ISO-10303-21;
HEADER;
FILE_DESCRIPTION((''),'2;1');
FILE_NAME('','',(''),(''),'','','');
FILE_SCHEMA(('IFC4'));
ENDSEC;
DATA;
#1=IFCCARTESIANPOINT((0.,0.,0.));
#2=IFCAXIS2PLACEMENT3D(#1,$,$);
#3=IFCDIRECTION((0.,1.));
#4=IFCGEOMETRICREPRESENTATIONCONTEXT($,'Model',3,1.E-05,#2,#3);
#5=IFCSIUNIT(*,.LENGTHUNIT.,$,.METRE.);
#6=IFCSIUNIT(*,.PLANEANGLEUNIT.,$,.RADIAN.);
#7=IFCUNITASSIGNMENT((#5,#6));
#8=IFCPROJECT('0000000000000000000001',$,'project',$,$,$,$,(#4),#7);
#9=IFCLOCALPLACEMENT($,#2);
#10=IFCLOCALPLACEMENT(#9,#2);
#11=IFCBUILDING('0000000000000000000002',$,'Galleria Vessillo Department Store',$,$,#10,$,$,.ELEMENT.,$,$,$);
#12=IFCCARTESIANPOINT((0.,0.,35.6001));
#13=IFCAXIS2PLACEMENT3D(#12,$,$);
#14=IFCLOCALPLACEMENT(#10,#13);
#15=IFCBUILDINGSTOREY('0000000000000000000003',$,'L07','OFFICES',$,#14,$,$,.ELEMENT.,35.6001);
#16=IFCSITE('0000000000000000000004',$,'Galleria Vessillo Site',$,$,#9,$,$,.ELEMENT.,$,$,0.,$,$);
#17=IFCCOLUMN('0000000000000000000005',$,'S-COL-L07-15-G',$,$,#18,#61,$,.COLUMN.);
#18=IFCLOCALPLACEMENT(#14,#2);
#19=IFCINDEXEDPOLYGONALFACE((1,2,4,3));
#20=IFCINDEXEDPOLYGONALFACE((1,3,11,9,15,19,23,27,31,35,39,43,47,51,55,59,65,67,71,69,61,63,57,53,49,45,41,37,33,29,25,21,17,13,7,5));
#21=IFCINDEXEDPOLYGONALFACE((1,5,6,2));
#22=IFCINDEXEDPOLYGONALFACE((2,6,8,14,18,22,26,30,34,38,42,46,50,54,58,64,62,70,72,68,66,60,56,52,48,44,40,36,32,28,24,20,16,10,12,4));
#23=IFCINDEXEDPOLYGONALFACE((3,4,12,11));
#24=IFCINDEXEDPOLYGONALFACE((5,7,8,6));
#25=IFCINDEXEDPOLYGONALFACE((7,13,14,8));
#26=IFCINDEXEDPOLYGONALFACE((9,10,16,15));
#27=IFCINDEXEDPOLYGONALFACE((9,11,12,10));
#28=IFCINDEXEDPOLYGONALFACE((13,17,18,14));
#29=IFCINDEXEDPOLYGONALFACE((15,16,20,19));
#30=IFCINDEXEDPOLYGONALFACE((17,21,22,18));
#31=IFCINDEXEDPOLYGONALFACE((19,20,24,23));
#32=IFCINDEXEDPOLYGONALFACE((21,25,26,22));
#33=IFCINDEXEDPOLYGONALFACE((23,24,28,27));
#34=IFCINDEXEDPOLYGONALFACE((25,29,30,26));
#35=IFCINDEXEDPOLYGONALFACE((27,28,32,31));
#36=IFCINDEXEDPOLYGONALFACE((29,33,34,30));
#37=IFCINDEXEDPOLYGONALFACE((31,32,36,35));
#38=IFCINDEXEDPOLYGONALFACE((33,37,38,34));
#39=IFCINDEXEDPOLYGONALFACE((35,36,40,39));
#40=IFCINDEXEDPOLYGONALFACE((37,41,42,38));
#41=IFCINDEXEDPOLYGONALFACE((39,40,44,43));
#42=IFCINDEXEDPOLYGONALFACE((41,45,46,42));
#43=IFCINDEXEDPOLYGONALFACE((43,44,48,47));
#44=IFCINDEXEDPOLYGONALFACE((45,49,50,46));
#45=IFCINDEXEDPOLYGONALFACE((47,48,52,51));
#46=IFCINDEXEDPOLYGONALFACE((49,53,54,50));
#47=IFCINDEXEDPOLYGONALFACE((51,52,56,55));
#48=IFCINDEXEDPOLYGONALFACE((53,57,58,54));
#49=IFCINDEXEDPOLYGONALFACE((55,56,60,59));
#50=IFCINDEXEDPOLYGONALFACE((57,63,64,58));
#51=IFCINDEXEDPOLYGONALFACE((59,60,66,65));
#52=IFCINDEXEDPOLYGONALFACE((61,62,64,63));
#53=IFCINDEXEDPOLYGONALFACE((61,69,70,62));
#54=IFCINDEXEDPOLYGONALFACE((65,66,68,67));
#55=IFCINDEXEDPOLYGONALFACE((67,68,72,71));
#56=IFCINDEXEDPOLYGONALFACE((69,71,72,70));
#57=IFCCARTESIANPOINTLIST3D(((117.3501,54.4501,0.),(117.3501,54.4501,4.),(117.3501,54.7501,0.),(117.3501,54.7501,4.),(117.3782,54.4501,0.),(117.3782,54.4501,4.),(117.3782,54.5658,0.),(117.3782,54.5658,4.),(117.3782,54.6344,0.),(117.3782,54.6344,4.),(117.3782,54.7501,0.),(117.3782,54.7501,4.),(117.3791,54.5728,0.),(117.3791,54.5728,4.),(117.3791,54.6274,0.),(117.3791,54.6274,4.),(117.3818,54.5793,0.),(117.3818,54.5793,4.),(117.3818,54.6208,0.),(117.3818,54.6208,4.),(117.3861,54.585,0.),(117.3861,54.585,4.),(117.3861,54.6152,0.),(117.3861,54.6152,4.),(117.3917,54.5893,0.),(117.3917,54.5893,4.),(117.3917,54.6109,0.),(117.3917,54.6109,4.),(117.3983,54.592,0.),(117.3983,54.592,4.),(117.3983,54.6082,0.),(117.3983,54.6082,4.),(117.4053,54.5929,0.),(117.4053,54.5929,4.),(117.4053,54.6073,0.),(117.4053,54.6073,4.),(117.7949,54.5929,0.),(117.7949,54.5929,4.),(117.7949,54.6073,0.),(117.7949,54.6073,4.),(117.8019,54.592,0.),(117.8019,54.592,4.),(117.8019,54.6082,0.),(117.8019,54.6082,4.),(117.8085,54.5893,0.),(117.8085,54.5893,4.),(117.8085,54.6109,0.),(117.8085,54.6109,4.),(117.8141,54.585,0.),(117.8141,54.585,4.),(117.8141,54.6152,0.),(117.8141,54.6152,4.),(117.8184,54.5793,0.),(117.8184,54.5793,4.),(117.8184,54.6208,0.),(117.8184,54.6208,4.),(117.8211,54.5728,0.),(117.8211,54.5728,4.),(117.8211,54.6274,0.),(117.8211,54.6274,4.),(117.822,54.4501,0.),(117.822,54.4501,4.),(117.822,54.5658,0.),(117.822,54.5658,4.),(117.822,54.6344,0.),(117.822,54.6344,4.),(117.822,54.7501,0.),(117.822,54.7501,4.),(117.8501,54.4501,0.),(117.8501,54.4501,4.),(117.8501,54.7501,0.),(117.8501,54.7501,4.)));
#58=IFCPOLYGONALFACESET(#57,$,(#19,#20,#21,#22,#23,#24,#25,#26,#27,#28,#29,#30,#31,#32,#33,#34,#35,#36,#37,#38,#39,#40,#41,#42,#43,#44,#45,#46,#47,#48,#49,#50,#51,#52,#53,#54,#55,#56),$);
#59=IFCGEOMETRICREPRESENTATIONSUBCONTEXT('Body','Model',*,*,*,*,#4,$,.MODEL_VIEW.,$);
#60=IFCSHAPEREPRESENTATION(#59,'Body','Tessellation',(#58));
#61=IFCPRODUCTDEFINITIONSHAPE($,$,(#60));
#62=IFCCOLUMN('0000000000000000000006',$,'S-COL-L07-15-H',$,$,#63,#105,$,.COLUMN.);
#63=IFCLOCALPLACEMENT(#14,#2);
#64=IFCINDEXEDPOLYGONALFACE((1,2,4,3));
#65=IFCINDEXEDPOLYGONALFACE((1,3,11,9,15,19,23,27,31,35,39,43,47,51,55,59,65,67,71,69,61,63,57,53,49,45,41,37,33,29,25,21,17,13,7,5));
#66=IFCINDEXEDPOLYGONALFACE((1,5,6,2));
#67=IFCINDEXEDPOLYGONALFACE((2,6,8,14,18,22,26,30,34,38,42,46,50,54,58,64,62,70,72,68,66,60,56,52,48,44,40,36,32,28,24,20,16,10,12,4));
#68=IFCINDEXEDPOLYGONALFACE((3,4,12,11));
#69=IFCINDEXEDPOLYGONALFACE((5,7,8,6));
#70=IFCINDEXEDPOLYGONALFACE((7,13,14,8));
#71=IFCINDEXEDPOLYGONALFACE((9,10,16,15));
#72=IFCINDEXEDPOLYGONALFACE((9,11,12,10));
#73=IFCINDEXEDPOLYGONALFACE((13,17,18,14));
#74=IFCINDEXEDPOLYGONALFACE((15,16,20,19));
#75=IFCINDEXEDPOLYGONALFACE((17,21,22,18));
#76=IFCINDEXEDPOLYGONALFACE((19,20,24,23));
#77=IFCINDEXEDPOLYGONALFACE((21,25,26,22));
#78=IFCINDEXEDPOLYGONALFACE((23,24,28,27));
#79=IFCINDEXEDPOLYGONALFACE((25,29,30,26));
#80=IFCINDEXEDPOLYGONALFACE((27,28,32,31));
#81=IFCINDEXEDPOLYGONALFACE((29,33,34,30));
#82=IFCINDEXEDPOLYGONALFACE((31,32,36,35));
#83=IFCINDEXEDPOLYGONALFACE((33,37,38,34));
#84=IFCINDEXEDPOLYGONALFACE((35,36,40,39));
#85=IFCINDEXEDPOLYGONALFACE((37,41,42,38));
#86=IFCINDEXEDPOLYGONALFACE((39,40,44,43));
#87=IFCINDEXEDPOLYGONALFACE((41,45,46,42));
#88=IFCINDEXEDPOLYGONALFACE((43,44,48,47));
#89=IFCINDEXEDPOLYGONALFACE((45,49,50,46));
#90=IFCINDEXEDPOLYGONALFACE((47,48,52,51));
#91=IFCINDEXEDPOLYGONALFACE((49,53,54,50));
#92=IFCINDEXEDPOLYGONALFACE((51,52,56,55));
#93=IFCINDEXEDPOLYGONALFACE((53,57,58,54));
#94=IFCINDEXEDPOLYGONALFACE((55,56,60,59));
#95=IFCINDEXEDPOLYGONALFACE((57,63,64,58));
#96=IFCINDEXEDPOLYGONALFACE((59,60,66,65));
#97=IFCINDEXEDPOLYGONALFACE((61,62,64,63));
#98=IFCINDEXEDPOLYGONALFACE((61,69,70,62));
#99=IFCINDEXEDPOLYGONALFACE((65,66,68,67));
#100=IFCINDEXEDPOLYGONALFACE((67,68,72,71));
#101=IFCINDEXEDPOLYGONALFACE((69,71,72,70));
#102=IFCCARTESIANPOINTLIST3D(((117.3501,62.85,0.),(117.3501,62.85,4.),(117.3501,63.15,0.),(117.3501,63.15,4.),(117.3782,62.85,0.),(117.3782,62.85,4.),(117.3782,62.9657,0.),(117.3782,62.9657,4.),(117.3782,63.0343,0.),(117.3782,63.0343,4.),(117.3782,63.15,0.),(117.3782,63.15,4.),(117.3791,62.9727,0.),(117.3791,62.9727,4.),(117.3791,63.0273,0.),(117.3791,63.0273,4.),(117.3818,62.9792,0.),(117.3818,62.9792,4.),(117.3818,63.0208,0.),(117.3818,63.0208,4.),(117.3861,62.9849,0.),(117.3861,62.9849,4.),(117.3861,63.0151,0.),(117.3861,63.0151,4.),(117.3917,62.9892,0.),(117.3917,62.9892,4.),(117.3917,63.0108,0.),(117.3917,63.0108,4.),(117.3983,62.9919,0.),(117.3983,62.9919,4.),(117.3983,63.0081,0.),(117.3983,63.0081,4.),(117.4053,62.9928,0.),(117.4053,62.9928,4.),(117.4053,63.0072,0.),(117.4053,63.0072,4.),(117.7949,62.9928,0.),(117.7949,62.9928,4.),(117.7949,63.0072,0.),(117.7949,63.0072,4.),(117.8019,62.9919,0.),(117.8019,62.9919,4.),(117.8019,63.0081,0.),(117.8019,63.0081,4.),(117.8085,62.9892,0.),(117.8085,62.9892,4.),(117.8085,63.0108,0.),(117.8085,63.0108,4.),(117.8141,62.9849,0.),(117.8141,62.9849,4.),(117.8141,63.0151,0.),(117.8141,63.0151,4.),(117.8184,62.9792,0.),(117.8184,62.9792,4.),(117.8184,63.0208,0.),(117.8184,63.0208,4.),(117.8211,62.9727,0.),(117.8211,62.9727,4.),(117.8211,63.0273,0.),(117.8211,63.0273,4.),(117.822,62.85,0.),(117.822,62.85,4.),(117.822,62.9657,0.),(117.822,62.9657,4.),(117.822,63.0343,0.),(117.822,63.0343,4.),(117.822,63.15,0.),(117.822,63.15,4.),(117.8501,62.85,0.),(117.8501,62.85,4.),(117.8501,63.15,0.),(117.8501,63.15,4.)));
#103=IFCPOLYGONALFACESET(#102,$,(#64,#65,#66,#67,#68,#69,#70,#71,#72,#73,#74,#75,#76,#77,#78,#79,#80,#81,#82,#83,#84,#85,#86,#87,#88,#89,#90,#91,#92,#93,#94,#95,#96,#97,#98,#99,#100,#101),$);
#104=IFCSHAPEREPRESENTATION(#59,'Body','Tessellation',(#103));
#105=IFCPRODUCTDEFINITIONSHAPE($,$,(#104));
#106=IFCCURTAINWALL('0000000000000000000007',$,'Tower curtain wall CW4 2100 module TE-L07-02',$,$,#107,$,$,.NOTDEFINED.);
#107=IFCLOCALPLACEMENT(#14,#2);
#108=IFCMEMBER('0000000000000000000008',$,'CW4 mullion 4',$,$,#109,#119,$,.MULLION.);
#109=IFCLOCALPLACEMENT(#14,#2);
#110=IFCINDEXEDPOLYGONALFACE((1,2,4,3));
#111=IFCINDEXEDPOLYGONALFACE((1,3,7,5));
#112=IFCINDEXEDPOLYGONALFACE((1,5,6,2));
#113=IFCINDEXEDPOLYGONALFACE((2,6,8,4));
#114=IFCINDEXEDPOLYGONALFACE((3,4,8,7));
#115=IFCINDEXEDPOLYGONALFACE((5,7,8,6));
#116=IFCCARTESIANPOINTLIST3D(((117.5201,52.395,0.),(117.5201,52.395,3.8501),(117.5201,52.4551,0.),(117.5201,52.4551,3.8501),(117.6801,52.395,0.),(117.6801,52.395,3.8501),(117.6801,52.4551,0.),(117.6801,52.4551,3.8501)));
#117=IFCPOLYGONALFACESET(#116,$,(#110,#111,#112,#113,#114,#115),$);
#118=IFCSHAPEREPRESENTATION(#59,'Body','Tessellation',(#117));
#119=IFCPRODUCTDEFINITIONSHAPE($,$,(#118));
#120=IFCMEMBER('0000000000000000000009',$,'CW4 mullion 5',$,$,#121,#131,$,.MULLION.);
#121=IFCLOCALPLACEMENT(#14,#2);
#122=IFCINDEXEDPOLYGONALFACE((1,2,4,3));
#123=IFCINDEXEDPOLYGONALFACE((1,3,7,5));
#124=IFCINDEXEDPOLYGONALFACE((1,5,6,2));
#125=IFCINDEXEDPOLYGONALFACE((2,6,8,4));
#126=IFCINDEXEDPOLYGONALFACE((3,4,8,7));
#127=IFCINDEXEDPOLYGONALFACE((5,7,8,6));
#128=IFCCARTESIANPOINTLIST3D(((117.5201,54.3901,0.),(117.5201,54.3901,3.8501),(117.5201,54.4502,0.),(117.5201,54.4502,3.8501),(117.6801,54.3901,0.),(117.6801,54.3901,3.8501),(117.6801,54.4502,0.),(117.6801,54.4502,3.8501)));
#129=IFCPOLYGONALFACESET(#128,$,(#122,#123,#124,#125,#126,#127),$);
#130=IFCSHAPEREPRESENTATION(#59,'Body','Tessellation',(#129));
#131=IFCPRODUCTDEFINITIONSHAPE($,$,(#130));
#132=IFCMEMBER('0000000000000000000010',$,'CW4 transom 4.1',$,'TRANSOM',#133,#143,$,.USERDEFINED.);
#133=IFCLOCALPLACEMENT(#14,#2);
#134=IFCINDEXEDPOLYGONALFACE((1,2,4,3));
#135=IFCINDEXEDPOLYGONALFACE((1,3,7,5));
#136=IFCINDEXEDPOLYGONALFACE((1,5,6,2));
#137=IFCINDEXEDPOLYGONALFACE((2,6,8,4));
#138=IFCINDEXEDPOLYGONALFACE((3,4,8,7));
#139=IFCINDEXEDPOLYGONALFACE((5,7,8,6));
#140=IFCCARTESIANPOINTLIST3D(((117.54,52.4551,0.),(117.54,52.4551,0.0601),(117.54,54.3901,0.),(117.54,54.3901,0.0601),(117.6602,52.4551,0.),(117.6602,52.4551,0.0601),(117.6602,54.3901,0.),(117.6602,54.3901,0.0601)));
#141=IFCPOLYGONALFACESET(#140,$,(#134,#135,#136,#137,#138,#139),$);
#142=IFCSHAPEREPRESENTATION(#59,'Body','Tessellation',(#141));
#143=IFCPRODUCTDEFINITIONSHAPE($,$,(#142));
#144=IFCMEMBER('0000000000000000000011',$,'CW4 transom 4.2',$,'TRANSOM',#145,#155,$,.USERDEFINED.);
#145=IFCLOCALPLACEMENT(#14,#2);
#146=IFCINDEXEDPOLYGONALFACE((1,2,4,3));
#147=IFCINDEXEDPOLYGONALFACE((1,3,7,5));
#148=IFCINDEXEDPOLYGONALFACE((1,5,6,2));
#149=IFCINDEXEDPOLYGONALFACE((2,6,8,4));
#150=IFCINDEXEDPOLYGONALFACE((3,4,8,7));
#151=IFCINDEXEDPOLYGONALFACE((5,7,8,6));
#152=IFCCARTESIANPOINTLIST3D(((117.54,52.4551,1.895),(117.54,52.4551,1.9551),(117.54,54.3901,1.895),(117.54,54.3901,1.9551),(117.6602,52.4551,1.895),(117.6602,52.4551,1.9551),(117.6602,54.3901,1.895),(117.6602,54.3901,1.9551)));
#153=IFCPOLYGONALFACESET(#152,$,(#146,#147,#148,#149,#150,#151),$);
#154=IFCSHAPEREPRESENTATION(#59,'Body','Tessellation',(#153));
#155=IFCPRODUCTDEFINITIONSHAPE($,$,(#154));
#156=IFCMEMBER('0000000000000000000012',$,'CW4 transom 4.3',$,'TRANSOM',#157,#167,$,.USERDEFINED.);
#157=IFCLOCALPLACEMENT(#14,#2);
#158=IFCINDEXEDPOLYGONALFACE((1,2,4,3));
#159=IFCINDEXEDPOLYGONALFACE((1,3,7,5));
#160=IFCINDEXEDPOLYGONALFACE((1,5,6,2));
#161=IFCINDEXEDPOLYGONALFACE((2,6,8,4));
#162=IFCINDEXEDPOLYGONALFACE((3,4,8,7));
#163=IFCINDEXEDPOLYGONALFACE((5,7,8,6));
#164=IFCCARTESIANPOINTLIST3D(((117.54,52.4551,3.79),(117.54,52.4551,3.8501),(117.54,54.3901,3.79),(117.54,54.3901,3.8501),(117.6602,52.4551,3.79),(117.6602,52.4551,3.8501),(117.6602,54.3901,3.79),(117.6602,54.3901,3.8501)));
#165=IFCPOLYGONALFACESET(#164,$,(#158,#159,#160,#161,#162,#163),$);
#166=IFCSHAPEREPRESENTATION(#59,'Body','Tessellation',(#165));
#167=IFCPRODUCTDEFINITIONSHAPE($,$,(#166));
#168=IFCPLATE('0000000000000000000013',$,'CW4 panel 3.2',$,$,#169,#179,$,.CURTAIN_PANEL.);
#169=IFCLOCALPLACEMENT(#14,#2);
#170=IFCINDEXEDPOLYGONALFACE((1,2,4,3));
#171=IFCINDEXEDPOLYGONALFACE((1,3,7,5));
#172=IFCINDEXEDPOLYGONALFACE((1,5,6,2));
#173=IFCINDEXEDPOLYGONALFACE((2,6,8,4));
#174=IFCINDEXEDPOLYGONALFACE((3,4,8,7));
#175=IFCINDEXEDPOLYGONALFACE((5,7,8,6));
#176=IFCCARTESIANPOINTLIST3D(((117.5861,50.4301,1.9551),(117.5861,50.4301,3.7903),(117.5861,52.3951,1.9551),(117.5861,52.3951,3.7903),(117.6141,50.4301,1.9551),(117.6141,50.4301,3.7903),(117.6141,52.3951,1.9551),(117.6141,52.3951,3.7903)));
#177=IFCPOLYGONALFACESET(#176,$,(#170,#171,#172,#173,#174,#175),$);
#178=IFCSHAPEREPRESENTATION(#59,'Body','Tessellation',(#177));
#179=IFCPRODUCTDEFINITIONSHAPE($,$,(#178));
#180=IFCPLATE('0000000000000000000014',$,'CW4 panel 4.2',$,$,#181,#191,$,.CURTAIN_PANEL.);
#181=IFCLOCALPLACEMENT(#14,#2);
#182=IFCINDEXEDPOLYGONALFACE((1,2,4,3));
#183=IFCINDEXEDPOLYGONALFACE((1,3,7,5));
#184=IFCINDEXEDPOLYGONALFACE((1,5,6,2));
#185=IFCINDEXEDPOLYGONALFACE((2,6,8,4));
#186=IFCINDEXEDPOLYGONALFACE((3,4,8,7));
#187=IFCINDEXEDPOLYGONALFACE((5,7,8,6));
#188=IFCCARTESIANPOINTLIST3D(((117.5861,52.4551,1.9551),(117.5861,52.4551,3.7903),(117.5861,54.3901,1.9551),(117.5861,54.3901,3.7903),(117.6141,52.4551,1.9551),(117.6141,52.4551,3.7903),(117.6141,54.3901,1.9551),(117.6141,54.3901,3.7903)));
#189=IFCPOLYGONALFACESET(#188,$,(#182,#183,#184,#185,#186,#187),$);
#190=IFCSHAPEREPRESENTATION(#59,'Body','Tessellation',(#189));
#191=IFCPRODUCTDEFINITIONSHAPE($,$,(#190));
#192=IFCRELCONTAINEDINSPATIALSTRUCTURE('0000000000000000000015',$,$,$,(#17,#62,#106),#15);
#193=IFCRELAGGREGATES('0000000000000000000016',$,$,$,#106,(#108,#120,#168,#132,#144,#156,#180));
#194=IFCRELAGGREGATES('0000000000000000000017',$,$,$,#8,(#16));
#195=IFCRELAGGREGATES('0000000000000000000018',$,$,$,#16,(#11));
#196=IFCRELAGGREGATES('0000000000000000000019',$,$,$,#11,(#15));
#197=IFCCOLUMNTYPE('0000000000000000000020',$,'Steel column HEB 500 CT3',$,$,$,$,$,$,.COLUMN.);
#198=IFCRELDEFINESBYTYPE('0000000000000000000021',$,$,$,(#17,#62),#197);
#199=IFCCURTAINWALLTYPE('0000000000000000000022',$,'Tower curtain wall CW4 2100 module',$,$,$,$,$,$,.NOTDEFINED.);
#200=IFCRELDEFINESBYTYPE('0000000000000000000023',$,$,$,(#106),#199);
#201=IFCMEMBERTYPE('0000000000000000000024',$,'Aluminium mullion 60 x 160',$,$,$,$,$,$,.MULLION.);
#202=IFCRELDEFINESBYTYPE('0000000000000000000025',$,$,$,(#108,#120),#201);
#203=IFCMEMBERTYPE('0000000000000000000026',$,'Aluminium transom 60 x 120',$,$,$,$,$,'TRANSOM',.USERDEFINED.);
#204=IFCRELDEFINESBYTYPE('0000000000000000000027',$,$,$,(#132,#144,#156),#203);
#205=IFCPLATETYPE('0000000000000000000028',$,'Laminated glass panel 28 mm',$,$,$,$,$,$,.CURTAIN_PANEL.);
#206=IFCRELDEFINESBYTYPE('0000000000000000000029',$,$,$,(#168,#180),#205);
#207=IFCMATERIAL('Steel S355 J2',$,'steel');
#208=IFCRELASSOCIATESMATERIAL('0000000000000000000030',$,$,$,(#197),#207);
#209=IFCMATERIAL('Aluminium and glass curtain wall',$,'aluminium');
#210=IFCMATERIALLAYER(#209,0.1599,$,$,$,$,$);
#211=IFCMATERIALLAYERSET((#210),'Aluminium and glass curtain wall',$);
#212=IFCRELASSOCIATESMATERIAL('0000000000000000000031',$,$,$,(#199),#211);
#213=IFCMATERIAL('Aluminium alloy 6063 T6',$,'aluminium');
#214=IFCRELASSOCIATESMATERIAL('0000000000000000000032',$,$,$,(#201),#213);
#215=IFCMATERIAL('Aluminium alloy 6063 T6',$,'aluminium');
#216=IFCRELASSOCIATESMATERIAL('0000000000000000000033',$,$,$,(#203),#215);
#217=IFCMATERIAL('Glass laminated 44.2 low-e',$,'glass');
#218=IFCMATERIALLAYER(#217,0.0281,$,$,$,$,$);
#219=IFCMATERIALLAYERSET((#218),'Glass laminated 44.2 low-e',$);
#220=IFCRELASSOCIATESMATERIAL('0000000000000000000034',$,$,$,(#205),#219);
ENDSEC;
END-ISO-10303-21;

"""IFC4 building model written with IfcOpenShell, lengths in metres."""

from ifc_helpers import new_model, si_unit, direction, frame, origin, origin_2d, place, context, subcontext, project, spatial, rectangle, i_section, extrude, material, layer, layer_set, material_profile, profile_set, type_object, element, aggregate, save


model = new_model("IFC4")

# Units and contexts
model_context = context("Model", 3, precision=1e-05, world=origin(), true_north=direction((0.0, 1.0)))
body_context = subcontext(model_context, "Body", "Model", "MODEL_VIEW")
ifc_project = project(units=[si_unit("LENGTHUNIT", "METRE"), si_unit("PLANEANGLEUNIT", "RADIAN")], contexts=[model_context])

# Site, building, storey
site_placement = place(None, origin())
site = spatial("IfcSite", under=ifc_project, at=site_placement, Name="Galleria Vessillo Site", CompositionType="ELEMENT", RefElevation=0.0)
building_placement = place(site_placement, origin())
building = spatial("IfcBuilding", under=site, at=building_placement, Name="Galleria Vessillo Department Store", CompositionType="ELEMENT")
storey_placement = place(building_placement, frame((0.0, 0.0, 35.6001)))
storey = spatial("IfcBuildingStorey", under=building, at=storey_placement, Name="L07", Description="OFFICES", CompositionType="ELEMENT", Elevation=35.6001)

# Columns
ifc_material_1 = material(Name="Steel S355 J2", Category="steel")
ifc_material_profile_1 = material_profile(ifc_material_1, i_section(OverallWidth=0.3, OverallDepth=0.5, WebThickness=0.0144, FlangeThickness=0.0281, FilletRadius=0.0271, at=origin_2d()), Name="HEB 500")
ifc_profile_set_1 = profile_set([ifc_material_profile_1], Name="Steel S355 J2")
column_type = type_object("IfcColumnType", Name="Steel column HEB 500 CT3", PredefinedType="COLUMN", material=ifc_profile_set_1)
for number, where, z_axis, x_axis, name in (
    (1, (117.6001, 54.6001, 0.0), (0.0, 0.0, 1.0), (0.0, 1.0, 0.0), "S-COL-L07-15-G"),
    (2, (117.6001, 63.0, 0.0), (0.0, 0.0, 1.0), (0.0, 1.0, 0.0), "S-COL-L07-15-H"),
):
    element("IfcColumn", number, at=place(storey_placement, frame(where, z_axis=z_axis, x_axis=x_axis)), inside=storey, type_object=column_type, Name=name, PredefinedType="COLUMN", context=body_context, shape_type="SweptSolid", body=[
        extrude(i_section(OverallWidth=0.3, OverallDepth=0.5, WebThickness=0.0144, FlangeThickness=0.0281, FilletRadius=0.0271, at=origin_2d()), origin(), (0.0, 0.0, 1.0), 4.0),
    ])

# Curtain wall, members, plates
ifc_material_2 = material(Name="Aluminium and glass curtain wall", Category="aluminium")
ifc_layer_1 = layer(ifc_material_2, 0.1599)
ifc_layer_set_1 = layer_set([ifc_layer_1], Name="Aluminium and glass curtain wall")
curtain_wall_type = type_object("IfcCurtainWallType", Name="Tower curtain wall CW4 2100 module", PredefinedType="NOTDEFINED", material=ifc_layer_set_1)
curtain_wall_placement = place(storey_placement, origin())
curtain_wall = element("IfcCurtainWall", 3, at=curtain_wall_placement, inside=storey, type_object=curtain_wall_type, Name="Tower curtain wall CW4 2100 module TE-L07-02", PredefinedType="NOTDEFINED")
ifc_material_3 = material(Name="Aluminium alloy 6063 T6", Category="aluminium")
ifc_material_profile_2 = material_profile(ifc_material_3, rectangle(XDim=0.1599, YDim=0.0601, at=origin_2d()), Name="AL 60x160")
ifc_profile_set_2 = profile_set([ifc_material_profile_2], Name="Aluminium alloy 6063 T6")
member_type_1 = type_object("IfcMemberType", Name="Aluminium mullion 60 x 160", PredefinedType="MULLION", material=ifc_profile_set_2)
member_1_placement = place(storey_placement, frame((117.6001, 52.425, 0.0), z_axis=(0.0, 0.0, 1.0), x_axis=(-1.0, 0.0, 0.0)))
member_1 = element("IfcMember", 4, at=member_1_placement, type_object=member_type_1, Name="CW4 mullion 4", PredefinedType="MULLION", context=body_context, shape_type="SweptSolid", body=[
    extrude(rectangle(XDim=0.1599, YDim=0.0601, at=origin_2d()), origin(), (0.0, 0.0, 1.0), 3.8501),
])
member_2_placement = place(storey_placement, frame((117.6001, 54.4202, 0.0), z_axis=(0.0, 0.0, 1.0), x_axis=(-1.0, 0.0, 0.0)))
member_2 = element("IfcMember", 5, at=member_2_placement, type_object=member_type_1, Name="CW4 mullion 5", PredefinedType="MULLION", context=body_context, shape_type="SweptSolid", body=[
    extrude(rectangle(XDim=0.1599, YDim=0.0601, at=origin_2d()), origin(), (0.0, 0.0, 1.0), 3.8501),
])
ifc_material_4 = material(Name="Aluminium alloy 6063 T6", Category="aluminium")
ifc_material_profile_3 = material_profile(ifc_material_4, rectangle(XDim=0.1201, YDim=0.0601, at=origin_2d()), Name="AL 60x120")
ifc_profile_set_3 = profile_set([ifc_material_profile_3], Name="Aluminium alloy 6063 T6")
member_type_2 = type_object("IfcMemberType", Name="Aluminium transom 60 x 120", ElementType="TRANSOM", PredefinedType="USERDEFINED", material=ifc_profile_set_3)
member_3_placement = place(storey_placement, frame((117.6001, 52.4551, 0.03), z_axis=(0.0, 1.0, 0.0), x_axis=(-1.0, 0.0, 0.0)))
member_3 = element("IfcMember", 6, at=member_3_placement, type_object=member_type_2, Name="CW4 transom 4.1", ObjectType="TRANSOM", PredefinedType="USERDEFINED", context=body_context, shape_type="SweptSolid", body=[
    extrude(rectangle(XDim=0.1201, YDim=0.0601, at=origin_2d()), origin(), (0.0, 0.0, 1.0), 1.9351),
])
member_4_placement = place(storey_placement, frame((117.6001, 52.4551, 1.925), z_axis=(0.0, 1.0, 0.0), x_axis=(-1.0, 0.0, 0.0)))
member_4 = element("IfcMember", 7, at=member_4_placement, type_object=member_type_2, Name="CW4 transom 4.2", ObjectType="TRANSOM", PredefinedType="USERDEFINED", context=body_context, shape_type="SweptSolid", body=[
    extrude(rectangle(XDim=0.1201, YDim=0.0601, at=origin_2d()), origin(), (0.0, 0.0, 1.0), 1.9351),
])
member_5_placement = place(storey_placement, frame((117.6001, 52.4551, 3.8201), z_axis=(0.0, 1.0, 0.0), x_axis=(-1.0, 0.0, 0.0)))
member_5 = element("IfcMember", 8, at=member_5_placement, type_object=member_type_2, Name="CW4 transom 4.3", ObjectType="TRANSOM", PredefinedType="USERDEFINED", context=body_context, shape_type="SweptSolid", body=[
    extrude(rectangle(XDim=0.1201, YDim=0.0601, at=origin_2d()), origin(), (0.0, 0.0, 1.0), 1.9351),
])
ifc_material_5 = material(Name="Glass laminated 44.2 low-e", Category="glass")
ifc_layer_2 = layer(ifc_material_5, 0.0281)
ifc_layer_set_2 = layer_set([ifc_layer_2], Name="Glass laminated 44.2 low-e")
plate_type_1 = type_object("IfcPlateType", Name="Laminated glass panel 28 mm", PredefinedType="CURTAIN_PANEL", material=ifc_layer_set_2)
plate_1_placement = place(storey_placement, frame((117.6001, 51.4126, 1.9551), z_axis=(0.0, 0.0, 1.0), x_axis=(0.0, 1.0, 0.0)))
plate_1 = element("IfcPlate", 9, at=plate_1_placement, type_object=plate_type_1, Name="CW4 panel 3.2", PredefinedType="CURTAIN_PANEL", context=body_context, shape_type="SweptSolid", body=[
    extrude(rectangle(XDim=1.9651, YDim=0.0281, at=origin_2d()), origin(), (0.0, 0.0, 1.0), 1.8352),
])
plate_2_placement = place(storey_placement, frame((117.6001, 53.4226, 1.9551), z_axis=(0.0, 0.0, 1.0), x_axis=(0.0, 1.0, 0.0)))
plate_2 = element("IfcPlate", 10, at=plate_2_placement, type_object=plate_type_1, Name="CW4 panel 4.2", PredefinedType="CURTAIN_PANEL", context=body_context, shape_type="SweptSolid", body=[
    extrude(rectangle(XDim=1.9351, YDim=0.0281, at=origin_2d()), origin(), (0.0, 0.0, 1.0), 1.8352),
])
aggregate(curtain_wall, [member_1, member_2, plate_1, member_3, member_4, member_5, plate_2])

save(model, "model.ifc")
